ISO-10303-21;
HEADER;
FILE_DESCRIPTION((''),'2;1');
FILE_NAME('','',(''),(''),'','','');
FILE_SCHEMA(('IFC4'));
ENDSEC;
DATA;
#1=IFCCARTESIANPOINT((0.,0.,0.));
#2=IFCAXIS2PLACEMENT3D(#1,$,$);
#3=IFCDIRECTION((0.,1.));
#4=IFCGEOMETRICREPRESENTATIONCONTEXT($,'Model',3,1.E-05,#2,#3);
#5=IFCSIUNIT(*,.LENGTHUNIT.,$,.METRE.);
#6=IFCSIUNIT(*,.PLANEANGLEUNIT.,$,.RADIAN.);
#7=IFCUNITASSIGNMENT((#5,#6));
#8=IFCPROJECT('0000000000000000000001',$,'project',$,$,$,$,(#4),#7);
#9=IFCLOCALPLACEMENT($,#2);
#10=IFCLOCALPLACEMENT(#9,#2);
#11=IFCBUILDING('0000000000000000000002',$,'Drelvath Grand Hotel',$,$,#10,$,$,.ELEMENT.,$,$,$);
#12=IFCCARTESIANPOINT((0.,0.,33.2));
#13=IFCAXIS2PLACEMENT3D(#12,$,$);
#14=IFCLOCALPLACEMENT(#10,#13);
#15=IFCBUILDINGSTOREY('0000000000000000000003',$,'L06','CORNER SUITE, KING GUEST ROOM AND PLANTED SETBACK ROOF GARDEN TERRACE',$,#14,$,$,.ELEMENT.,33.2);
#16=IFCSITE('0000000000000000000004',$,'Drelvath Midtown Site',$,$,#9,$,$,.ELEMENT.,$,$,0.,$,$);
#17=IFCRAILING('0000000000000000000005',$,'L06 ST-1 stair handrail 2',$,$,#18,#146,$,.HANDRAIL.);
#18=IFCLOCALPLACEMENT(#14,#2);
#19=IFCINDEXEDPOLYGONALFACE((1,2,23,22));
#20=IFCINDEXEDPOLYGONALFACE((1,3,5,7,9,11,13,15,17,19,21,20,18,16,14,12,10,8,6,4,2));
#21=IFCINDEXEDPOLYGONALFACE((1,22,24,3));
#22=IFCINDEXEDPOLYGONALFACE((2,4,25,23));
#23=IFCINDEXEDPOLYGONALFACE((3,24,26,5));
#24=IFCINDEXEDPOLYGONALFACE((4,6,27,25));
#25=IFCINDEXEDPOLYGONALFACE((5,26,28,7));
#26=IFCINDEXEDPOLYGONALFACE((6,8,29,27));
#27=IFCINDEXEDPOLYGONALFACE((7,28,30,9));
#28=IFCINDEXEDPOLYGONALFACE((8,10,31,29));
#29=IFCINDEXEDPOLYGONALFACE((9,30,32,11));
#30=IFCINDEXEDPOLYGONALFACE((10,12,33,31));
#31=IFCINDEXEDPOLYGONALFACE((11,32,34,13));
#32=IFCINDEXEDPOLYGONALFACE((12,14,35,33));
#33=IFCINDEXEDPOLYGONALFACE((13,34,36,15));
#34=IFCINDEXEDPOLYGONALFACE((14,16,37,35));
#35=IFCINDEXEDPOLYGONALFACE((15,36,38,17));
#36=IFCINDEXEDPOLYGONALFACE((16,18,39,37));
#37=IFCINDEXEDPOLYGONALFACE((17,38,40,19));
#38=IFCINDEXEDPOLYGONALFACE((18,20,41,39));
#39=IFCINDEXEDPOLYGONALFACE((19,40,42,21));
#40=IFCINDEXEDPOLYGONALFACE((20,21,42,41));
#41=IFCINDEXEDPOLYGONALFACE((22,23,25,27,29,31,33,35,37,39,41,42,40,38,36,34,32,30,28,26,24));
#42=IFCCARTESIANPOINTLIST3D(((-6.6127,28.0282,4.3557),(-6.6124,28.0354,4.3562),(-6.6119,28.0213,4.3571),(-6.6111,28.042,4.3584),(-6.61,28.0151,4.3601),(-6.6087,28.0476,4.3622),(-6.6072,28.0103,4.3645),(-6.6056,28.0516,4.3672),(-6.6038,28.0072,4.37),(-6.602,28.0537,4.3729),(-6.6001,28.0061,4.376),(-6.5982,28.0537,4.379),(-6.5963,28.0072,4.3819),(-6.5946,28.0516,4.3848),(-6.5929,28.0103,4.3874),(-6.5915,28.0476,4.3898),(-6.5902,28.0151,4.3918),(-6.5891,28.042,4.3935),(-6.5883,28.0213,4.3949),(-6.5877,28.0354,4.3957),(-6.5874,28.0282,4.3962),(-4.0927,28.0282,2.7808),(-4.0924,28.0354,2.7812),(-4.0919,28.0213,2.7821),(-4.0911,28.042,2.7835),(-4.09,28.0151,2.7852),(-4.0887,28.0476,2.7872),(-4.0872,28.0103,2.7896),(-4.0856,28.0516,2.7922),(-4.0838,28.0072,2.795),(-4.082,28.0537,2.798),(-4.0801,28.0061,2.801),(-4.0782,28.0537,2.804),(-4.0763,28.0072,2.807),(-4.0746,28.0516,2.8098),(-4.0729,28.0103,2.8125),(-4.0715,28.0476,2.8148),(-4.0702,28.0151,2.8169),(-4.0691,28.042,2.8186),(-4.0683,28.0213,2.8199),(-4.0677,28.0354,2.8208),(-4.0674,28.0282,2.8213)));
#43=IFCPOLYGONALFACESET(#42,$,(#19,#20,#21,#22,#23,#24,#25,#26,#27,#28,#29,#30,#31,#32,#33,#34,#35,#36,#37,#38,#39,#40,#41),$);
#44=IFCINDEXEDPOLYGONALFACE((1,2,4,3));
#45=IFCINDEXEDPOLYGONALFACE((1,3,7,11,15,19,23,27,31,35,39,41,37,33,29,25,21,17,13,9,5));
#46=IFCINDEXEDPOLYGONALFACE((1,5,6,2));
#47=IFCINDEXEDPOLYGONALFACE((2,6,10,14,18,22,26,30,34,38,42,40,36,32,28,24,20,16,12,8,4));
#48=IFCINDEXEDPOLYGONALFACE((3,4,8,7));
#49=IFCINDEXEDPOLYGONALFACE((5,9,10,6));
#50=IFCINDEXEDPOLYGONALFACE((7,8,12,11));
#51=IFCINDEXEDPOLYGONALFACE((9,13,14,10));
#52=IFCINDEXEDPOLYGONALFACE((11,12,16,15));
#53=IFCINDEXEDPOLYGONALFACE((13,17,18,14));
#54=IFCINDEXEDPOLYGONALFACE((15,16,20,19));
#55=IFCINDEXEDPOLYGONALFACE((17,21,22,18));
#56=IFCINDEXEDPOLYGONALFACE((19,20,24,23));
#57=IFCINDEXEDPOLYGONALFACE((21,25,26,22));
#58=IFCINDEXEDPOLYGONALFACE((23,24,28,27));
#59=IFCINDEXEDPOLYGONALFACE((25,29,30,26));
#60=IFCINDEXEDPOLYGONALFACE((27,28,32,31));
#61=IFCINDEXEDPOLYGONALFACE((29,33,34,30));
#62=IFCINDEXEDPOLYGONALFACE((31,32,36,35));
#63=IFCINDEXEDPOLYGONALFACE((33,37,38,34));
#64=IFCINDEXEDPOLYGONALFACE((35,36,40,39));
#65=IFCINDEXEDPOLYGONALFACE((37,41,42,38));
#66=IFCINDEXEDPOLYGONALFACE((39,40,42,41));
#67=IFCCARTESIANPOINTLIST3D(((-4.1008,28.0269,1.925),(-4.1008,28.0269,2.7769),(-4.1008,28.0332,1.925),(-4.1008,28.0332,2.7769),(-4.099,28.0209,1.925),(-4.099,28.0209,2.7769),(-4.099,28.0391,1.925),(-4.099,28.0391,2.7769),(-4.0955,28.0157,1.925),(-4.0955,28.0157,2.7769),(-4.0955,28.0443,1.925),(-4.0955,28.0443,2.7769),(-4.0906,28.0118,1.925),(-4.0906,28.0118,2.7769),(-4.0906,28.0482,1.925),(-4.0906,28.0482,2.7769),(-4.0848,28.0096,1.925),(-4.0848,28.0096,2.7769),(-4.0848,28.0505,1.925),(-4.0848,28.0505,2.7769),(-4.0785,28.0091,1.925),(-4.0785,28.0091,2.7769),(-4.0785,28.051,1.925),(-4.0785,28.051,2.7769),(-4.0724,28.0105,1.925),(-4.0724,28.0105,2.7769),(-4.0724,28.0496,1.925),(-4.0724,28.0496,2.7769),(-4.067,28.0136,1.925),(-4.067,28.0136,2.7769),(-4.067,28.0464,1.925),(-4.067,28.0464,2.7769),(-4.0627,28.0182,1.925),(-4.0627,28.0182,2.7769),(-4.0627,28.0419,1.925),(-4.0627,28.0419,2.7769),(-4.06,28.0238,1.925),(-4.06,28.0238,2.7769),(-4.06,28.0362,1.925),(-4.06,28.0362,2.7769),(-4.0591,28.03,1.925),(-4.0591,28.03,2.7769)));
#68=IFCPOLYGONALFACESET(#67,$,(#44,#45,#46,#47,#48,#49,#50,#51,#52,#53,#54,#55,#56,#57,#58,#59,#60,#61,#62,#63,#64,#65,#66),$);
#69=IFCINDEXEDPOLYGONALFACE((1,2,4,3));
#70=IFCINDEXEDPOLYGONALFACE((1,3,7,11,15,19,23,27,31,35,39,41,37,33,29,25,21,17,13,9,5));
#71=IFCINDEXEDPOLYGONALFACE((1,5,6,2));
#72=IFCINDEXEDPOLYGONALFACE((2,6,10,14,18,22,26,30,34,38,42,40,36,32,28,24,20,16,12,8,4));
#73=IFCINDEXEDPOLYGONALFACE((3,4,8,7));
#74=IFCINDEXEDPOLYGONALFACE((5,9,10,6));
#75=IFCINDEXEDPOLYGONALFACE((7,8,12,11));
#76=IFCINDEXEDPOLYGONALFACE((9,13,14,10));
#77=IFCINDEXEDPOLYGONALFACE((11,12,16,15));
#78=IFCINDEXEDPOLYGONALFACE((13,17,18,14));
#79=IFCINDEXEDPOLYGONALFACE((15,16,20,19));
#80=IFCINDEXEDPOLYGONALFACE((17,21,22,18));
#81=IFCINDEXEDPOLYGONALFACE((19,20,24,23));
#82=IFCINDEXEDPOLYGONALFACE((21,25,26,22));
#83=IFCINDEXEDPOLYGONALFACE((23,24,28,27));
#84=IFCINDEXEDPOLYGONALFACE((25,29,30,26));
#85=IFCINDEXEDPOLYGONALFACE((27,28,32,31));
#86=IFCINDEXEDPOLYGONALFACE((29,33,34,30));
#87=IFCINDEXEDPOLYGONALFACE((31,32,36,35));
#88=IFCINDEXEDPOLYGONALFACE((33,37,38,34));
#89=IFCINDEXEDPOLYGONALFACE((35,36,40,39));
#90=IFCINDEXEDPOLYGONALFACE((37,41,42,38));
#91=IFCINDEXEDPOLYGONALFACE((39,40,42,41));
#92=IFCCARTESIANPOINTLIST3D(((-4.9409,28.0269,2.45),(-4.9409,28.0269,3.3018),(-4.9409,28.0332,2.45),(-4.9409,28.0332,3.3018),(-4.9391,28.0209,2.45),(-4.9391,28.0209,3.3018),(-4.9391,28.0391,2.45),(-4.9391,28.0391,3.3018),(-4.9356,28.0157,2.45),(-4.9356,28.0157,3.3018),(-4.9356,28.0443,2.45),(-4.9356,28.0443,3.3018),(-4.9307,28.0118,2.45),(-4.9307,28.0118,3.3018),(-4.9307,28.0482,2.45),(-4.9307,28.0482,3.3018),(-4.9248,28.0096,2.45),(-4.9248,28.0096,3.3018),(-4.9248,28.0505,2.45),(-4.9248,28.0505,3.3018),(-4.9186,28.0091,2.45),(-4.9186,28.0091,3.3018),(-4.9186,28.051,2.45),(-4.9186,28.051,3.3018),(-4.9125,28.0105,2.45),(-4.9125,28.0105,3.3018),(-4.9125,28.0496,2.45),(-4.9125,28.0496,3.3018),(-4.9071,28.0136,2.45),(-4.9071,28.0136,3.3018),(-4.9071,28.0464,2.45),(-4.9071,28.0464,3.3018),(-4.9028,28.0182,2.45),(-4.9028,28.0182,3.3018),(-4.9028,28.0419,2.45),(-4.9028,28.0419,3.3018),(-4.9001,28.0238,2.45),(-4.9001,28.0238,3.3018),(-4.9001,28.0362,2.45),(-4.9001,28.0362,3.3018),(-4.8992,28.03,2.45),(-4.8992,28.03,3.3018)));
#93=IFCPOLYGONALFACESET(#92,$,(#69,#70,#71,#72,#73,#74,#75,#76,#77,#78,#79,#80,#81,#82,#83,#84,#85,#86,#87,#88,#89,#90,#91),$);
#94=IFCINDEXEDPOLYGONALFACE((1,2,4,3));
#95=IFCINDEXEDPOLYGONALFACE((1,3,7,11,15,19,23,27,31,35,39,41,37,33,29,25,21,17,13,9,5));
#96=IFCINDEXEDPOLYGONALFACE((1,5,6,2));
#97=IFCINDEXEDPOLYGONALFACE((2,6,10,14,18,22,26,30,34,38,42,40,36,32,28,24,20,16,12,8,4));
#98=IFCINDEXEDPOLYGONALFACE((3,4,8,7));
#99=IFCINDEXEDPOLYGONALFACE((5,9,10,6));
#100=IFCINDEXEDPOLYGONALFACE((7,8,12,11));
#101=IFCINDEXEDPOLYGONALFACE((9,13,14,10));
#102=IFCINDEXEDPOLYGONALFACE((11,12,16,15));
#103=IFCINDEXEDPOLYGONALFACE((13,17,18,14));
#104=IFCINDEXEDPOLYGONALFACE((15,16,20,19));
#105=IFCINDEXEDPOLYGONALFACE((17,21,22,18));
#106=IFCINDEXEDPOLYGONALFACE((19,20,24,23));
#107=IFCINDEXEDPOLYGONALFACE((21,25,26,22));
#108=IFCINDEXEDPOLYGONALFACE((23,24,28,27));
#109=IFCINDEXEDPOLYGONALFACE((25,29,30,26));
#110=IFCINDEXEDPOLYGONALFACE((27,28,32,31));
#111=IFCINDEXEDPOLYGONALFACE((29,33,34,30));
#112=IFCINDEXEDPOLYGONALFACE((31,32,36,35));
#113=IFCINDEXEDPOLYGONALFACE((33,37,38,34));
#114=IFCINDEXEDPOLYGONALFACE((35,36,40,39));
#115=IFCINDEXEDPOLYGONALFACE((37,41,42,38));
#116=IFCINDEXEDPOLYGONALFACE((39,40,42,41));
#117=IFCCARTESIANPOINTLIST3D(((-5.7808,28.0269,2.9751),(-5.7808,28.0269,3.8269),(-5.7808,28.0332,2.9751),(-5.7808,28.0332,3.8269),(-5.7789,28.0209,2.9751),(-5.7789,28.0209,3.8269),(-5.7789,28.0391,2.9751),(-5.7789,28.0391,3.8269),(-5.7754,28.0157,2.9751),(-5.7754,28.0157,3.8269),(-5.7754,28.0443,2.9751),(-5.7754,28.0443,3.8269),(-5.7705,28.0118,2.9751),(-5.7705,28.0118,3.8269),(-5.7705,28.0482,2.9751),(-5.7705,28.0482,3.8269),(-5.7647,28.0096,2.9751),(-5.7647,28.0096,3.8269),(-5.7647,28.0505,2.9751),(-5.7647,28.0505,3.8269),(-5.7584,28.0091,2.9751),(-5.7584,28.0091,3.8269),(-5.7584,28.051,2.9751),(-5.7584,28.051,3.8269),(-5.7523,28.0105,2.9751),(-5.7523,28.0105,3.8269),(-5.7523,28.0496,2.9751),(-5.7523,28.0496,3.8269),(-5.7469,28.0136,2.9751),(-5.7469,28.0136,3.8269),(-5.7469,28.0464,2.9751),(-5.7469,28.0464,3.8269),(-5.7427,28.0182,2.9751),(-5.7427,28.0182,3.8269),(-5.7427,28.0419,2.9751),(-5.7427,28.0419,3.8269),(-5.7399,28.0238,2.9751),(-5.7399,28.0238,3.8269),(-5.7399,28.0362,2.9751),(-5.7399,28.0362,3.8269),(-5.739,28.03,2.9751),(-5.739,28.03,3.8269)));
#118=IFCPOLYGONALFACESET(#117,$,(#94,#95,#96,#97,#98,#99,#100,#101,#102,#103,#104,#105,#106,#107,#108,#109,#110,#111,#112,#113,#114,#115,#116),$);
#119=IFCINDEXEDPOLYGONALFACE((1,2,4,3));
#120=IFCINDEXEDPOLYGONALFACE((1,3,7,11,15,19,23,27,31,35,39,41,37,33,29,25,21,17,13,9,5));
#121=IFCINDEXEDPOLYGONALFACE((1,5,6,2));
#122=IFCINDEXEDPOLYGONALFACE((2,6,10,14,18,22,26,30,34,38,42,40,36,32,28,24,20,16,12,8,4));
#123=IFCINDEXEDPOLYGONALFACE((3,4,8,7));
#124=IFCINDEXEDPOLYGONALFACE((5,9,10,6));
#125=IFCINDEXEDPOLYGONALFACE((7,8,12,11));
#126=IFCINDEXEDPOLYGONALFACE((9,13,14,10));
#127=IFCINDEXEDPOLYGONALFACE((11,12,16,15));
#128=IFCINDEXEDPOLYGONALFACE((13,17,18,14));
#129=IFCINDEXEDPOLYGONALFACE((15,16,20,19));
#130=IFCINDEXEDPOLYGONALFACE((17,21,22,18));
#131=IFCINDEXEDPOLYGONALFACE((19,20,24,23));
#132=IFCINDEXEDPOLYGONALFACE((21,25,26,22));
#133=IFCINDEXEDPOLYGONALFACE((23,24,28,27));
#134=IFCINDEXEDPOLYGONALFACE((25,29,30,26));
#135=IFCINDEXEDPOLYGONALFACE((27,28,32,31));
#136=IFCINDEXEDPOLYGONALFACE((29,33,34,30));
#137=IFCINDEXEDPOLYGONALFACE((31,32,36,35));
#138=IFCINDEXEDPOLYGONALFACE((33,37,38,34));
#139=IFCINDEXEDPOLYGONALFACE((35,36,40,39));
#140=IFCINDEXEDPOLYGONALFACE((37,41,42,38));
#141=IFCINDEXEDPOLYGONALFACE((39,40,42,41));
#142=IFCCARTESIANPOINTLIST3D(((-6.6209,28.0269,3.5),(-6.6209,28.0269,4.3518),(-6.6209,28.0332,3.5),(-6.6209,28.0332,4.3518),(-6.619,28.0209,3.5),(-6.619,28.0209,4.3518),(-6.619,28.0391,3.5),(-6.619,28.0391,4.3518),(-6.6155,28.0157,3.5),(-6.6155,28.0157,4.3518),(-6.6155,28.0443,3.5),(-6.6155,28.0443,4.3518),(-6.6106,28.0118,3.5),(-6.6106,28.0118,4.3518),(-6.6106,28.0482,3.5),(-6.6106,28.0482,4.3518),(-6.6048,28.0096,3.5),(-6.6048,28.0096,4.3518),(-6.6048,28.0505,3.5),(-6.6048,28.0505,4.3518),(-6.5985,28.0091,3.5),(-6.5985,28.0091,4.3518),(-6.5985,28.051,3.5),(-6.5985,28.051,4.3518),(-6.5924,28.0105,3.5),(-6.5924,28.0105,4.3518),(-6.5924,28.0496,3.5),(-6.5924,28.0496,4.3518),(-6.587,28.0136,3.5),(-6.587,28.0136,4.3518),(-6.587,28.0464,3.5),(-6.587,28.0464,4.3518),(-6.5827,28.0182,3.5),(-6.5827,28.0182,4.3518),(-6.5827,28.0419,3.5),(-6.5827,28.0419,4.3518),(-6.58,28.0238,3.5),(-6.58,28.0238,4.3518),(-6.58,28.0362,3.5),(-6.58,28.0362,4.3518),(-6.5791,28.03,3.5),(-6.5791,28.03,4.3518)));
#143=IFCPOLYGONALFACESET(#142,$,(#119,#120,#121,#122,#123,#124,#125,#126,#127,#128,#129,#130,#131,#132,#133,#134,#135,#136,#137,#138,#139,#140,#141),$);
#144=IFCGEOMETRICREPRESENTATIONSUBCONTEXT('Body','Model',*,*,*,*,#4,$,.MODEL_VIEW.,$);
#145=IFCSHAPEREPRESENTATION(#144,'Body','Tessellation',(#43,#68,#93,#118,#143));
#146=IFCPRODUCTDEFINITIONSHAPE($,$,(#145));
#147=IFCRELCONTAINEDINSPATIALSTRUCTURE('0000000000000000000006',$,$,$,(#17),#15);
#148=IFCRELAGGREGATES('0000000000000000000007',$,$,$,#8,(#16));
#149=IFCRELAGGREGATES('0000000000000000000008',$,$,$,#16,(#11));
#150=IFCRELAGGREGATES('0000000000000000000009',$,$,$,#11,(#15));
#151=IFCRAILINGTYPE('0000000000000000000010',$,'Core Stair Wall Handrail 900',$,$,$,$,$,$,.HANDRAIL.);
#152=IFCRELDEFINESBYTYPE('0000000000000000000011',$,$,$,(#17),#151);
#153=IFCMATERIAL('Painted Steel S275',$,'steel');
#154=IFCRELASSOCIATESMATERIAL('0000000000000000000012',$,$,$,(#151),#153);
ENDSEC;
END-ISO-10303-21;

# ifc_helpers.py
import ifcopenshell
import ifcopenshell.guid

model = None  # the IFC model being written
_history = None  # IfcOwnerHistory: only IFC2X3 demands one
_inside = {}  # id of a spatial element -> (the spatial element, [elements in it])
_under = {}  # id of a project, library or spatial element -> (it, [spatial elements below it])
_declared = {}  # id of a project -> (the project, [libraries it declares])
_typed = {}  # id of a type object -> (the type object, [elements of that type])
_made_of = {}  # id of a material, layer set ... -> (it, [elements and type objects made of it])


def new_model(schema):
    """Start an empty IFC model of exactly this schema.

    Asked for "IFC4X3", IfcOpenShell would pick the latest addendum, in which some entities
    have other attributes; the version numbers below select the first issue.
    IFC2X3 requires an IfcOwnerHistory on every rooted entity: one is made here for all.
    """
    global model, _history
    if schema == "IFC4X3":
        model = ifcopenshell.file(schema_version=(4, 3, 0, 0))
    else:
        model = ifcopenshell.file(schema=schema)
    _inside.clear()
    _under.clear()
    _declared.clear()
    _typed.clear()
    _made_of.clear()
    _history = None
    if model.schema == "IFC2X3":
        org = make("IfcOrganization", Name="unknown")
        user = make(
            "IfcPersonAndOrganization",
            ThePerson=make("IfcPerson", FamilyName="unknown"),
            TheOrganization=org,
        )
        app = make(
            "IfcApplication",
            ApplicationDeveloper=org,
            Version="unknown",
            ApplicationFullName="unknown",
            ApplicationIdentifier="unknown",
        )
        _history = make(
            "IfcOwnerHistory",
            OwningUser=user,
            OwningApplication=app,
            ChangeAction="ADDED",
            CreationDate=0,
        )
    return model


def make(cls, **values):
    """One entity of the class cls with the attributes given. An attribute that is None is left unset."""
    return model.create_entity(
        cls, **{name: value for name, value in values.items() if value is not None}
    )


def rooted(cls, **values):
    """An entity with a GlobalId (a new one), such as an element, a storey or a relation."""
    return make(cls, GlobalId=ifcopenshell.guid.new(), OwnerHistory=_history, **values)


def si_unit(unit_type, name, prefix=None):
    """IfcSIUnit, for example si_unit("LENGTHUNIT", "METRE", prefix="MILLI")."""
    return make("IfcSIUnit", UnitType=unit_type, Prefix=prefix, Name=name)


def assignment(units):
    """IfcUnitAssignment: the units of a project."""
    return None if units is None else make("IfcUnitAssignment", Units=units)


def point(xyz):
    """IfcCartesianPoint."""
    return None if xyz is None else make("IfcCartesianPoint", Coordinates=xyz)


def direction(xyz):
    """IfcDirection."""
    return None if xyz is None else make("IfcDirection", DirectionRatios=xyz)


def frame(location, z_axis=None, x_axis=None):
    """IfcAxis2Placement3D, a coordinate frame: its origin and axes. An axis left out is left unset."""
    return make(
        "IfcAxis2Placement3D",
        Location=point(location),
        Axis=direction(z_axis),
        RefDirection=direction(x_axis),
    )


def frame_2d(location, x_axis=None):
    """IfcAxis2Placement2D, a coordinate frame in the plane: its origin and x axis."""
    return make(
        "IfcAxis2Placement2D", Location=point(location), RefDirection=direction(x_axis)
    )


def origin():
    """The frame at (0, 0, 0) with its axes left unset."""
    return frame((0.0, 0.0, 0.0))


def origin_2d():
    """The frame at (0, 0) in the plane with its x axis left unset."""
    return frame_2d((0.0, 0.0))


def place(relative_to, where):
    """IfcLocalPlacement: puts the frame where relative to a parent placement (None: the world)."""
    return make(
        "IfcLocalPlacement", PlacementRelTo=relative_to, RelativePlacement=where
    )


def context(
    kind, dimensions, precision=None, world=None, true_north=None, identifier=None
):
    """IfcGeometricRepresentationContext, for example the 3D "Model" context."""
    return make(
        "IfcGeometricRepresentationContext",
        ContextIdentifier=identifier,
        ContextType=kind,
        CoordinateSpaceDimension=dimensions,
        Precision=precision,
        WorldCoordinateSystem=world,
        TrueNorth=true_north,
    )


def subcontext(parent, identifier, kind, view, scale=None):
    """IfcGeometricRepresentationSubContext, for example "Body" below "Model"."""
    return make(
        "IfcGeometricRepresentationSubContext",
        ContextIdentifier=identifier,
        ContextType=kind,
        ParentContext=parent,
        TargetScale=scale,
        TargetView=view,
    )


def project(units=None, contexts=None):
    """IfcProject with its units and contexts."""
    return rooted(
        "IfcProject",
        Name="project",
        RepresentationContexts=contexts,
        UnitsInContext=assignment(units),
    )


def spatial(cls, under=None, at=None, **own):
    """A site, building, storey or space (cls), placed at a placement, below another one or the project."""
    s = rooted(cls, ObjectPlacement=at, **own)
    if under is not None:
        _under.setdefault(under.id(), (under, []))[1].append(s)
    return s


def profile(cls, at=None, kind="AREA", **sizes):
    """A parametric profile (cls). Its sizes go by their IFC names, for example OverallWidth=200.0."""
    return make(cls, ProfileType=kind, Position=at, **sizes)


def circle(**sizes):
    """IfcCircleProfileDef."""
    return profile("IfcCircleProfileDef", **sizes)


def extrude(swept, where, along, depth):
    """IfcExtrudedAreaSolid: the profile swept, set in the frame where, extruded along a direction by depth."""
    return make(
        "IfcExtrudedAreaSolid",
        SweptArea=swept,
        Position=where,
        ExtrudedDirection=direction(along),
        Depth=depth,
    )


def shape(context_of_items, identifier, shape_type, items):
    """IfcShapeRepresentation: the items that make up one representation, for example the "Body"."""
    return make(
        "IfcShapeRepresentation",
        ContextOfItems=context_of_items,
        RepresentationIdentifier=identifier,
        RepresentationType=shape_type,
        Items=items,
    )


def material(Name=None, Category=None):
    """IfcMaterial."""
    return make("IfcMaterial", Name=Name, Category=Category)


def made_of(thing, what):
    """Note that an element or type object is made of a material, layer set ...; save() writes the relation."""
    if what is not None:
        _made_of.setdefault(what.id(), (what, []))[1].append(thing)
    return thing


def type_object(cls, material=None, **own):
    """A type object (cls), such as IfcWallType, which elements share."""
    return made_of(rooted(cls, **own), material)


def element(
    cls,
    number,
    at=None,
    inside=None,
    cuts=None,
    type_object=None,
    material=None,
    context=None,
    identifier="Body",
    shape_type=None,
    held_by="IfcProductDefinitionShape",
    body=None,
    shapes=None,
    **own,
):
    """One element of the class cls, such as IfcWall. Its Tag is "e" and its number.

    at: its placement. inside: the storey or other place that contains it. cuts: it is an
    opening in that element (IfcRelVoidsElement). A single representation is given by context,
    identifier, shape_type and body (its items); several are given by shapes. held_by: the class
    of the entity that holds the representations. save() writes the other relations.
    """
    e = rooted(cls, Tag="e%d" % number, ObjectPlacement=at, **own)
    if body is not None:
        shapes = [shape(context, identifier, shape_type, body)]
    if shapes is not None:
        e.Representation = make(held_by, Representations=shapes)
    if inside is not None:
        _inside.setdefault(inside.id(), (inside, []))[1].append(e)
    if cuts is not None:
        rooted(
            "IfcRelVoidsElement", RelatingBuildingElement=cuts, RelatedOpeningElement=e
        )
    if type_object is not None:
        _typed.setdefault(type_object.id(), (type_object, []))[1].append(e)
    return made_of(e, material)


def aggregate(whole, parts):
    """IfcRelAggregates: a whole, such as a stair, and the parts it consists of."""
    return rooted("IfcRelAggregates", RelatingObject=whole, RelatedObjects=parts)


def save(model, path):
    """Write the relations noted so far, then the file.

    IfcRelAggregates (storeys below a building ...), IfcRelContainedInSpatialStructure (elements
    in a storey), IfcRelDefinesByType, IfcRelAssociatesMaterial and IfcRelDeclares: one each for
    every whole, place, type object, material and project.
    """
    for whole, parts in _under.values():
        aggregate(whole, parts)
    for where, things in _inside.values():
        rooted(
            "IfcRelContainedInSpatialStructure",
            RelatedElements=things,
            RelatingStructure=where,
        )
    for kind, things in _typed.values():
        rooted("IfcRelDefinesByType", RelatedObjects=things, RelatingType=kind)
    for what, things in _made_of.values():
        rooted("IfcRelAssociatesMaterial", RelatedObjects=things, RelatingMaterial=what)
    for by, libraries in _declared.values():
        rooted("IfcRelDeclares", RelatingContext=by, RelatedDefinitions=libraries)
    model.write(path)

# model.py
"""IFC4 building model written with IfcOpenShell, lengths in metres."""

from ifc_helpers import new_model, si_unit, direction, frame, origin, origin_2d, place, context, subcontext, project, spatial, circle, extrude, material, type_object, element, save


model = new_model("IFC4")

# Units and contexts
model_context = context("Model", 3, precision=1e-05, world=origin(), true_north=direction((0.0, 1.0)))
body_context = subcontext(model_context, "Body", "Model", "MODEL_VIEW")
ifc_project = project(units=[si_unit("LENGTHUNIT", "METRE"), si_unit("PLANEANGLEUNIT", "RADIAN")], contexts=[model_context])

# Site, building, storey
site_placement = place(None, origin())
site = spatial("IfcSite", under=ifc_project, at=site_placement, Name="Drelvath Midtown Site", CompositionType="ELEMENT", RefElevation=0.0)
building_placement = place(site_placement, origin())
building = spatial("IfcBuilding", under=site, at=building_placement, Name="Drelvath Grand Hotel", CompositionType="ELEMENT")
storey_placement = place(building_placement, frame((0.0, 0.0, 33.2)))
storey = spatial("IfcBuildingStorey", under=building, at=storey_placement, Name="L06", Description="CORNER SUITE, KING GUEST ROOM AND PLANTED SETBACK ROOF GARDEN TERRACE", CompositionType="ELEMENT", Elevation=33.2)

# Shared definitions
ifc_material_1 = material(Name="Painted Steel S275", Category="steel")

# Railing
railing_type_1 = type_object("IfcRailingType", Name="Core Stair Wall Handrail 900", PredefinedType="HANDRAIL", material=ifc_material_1)
railing_1_placement = place(storey_placement, frame((-4.0801, 28.03, 1.925)))
element("IfcRailing", 1, at=railing_1_placement, inside=storey, type_object=railing_type_1, Name="L06 ST-1 stair handrail 2", PredefinedType="HANDRAIL", context=body_context, shape_type="SweptSolid", body=[
    extrude(circle(Radius=0.0239, at=origin_2d()), frame((0.0, 0.0, 0.876), z_axis=(-0.848008, 0.0, 0.529984), x_axis=(0.0, -1.0, 0.0)), (0.0, 0.0, 1.0), 2.9717),
    extrude(circle(Radius=0.021, at=origin_2d()), origin(), (0.0, 0.0, 1.0), 0.8518),
    extrude(circle(Radius=0.021, at=origin_2d()), frame((-0.8401, 0.0, 0.5249)), (0.0, 0.0, 1.0), 0.8518),
    extrude(circle(Radius=0.021, at=origin_2d()), frame((-1.6799, 0.0, 1.05)), (0.0, 0.0, 1.0), 0.8518),
    extrude(circle(Radius=0.021, at=origin_2d()), frame((-2.52, 0.0, 1.575)), (0.0, 0.0, 1.0), 0.8518),
])

save(model, "model.ifc")
